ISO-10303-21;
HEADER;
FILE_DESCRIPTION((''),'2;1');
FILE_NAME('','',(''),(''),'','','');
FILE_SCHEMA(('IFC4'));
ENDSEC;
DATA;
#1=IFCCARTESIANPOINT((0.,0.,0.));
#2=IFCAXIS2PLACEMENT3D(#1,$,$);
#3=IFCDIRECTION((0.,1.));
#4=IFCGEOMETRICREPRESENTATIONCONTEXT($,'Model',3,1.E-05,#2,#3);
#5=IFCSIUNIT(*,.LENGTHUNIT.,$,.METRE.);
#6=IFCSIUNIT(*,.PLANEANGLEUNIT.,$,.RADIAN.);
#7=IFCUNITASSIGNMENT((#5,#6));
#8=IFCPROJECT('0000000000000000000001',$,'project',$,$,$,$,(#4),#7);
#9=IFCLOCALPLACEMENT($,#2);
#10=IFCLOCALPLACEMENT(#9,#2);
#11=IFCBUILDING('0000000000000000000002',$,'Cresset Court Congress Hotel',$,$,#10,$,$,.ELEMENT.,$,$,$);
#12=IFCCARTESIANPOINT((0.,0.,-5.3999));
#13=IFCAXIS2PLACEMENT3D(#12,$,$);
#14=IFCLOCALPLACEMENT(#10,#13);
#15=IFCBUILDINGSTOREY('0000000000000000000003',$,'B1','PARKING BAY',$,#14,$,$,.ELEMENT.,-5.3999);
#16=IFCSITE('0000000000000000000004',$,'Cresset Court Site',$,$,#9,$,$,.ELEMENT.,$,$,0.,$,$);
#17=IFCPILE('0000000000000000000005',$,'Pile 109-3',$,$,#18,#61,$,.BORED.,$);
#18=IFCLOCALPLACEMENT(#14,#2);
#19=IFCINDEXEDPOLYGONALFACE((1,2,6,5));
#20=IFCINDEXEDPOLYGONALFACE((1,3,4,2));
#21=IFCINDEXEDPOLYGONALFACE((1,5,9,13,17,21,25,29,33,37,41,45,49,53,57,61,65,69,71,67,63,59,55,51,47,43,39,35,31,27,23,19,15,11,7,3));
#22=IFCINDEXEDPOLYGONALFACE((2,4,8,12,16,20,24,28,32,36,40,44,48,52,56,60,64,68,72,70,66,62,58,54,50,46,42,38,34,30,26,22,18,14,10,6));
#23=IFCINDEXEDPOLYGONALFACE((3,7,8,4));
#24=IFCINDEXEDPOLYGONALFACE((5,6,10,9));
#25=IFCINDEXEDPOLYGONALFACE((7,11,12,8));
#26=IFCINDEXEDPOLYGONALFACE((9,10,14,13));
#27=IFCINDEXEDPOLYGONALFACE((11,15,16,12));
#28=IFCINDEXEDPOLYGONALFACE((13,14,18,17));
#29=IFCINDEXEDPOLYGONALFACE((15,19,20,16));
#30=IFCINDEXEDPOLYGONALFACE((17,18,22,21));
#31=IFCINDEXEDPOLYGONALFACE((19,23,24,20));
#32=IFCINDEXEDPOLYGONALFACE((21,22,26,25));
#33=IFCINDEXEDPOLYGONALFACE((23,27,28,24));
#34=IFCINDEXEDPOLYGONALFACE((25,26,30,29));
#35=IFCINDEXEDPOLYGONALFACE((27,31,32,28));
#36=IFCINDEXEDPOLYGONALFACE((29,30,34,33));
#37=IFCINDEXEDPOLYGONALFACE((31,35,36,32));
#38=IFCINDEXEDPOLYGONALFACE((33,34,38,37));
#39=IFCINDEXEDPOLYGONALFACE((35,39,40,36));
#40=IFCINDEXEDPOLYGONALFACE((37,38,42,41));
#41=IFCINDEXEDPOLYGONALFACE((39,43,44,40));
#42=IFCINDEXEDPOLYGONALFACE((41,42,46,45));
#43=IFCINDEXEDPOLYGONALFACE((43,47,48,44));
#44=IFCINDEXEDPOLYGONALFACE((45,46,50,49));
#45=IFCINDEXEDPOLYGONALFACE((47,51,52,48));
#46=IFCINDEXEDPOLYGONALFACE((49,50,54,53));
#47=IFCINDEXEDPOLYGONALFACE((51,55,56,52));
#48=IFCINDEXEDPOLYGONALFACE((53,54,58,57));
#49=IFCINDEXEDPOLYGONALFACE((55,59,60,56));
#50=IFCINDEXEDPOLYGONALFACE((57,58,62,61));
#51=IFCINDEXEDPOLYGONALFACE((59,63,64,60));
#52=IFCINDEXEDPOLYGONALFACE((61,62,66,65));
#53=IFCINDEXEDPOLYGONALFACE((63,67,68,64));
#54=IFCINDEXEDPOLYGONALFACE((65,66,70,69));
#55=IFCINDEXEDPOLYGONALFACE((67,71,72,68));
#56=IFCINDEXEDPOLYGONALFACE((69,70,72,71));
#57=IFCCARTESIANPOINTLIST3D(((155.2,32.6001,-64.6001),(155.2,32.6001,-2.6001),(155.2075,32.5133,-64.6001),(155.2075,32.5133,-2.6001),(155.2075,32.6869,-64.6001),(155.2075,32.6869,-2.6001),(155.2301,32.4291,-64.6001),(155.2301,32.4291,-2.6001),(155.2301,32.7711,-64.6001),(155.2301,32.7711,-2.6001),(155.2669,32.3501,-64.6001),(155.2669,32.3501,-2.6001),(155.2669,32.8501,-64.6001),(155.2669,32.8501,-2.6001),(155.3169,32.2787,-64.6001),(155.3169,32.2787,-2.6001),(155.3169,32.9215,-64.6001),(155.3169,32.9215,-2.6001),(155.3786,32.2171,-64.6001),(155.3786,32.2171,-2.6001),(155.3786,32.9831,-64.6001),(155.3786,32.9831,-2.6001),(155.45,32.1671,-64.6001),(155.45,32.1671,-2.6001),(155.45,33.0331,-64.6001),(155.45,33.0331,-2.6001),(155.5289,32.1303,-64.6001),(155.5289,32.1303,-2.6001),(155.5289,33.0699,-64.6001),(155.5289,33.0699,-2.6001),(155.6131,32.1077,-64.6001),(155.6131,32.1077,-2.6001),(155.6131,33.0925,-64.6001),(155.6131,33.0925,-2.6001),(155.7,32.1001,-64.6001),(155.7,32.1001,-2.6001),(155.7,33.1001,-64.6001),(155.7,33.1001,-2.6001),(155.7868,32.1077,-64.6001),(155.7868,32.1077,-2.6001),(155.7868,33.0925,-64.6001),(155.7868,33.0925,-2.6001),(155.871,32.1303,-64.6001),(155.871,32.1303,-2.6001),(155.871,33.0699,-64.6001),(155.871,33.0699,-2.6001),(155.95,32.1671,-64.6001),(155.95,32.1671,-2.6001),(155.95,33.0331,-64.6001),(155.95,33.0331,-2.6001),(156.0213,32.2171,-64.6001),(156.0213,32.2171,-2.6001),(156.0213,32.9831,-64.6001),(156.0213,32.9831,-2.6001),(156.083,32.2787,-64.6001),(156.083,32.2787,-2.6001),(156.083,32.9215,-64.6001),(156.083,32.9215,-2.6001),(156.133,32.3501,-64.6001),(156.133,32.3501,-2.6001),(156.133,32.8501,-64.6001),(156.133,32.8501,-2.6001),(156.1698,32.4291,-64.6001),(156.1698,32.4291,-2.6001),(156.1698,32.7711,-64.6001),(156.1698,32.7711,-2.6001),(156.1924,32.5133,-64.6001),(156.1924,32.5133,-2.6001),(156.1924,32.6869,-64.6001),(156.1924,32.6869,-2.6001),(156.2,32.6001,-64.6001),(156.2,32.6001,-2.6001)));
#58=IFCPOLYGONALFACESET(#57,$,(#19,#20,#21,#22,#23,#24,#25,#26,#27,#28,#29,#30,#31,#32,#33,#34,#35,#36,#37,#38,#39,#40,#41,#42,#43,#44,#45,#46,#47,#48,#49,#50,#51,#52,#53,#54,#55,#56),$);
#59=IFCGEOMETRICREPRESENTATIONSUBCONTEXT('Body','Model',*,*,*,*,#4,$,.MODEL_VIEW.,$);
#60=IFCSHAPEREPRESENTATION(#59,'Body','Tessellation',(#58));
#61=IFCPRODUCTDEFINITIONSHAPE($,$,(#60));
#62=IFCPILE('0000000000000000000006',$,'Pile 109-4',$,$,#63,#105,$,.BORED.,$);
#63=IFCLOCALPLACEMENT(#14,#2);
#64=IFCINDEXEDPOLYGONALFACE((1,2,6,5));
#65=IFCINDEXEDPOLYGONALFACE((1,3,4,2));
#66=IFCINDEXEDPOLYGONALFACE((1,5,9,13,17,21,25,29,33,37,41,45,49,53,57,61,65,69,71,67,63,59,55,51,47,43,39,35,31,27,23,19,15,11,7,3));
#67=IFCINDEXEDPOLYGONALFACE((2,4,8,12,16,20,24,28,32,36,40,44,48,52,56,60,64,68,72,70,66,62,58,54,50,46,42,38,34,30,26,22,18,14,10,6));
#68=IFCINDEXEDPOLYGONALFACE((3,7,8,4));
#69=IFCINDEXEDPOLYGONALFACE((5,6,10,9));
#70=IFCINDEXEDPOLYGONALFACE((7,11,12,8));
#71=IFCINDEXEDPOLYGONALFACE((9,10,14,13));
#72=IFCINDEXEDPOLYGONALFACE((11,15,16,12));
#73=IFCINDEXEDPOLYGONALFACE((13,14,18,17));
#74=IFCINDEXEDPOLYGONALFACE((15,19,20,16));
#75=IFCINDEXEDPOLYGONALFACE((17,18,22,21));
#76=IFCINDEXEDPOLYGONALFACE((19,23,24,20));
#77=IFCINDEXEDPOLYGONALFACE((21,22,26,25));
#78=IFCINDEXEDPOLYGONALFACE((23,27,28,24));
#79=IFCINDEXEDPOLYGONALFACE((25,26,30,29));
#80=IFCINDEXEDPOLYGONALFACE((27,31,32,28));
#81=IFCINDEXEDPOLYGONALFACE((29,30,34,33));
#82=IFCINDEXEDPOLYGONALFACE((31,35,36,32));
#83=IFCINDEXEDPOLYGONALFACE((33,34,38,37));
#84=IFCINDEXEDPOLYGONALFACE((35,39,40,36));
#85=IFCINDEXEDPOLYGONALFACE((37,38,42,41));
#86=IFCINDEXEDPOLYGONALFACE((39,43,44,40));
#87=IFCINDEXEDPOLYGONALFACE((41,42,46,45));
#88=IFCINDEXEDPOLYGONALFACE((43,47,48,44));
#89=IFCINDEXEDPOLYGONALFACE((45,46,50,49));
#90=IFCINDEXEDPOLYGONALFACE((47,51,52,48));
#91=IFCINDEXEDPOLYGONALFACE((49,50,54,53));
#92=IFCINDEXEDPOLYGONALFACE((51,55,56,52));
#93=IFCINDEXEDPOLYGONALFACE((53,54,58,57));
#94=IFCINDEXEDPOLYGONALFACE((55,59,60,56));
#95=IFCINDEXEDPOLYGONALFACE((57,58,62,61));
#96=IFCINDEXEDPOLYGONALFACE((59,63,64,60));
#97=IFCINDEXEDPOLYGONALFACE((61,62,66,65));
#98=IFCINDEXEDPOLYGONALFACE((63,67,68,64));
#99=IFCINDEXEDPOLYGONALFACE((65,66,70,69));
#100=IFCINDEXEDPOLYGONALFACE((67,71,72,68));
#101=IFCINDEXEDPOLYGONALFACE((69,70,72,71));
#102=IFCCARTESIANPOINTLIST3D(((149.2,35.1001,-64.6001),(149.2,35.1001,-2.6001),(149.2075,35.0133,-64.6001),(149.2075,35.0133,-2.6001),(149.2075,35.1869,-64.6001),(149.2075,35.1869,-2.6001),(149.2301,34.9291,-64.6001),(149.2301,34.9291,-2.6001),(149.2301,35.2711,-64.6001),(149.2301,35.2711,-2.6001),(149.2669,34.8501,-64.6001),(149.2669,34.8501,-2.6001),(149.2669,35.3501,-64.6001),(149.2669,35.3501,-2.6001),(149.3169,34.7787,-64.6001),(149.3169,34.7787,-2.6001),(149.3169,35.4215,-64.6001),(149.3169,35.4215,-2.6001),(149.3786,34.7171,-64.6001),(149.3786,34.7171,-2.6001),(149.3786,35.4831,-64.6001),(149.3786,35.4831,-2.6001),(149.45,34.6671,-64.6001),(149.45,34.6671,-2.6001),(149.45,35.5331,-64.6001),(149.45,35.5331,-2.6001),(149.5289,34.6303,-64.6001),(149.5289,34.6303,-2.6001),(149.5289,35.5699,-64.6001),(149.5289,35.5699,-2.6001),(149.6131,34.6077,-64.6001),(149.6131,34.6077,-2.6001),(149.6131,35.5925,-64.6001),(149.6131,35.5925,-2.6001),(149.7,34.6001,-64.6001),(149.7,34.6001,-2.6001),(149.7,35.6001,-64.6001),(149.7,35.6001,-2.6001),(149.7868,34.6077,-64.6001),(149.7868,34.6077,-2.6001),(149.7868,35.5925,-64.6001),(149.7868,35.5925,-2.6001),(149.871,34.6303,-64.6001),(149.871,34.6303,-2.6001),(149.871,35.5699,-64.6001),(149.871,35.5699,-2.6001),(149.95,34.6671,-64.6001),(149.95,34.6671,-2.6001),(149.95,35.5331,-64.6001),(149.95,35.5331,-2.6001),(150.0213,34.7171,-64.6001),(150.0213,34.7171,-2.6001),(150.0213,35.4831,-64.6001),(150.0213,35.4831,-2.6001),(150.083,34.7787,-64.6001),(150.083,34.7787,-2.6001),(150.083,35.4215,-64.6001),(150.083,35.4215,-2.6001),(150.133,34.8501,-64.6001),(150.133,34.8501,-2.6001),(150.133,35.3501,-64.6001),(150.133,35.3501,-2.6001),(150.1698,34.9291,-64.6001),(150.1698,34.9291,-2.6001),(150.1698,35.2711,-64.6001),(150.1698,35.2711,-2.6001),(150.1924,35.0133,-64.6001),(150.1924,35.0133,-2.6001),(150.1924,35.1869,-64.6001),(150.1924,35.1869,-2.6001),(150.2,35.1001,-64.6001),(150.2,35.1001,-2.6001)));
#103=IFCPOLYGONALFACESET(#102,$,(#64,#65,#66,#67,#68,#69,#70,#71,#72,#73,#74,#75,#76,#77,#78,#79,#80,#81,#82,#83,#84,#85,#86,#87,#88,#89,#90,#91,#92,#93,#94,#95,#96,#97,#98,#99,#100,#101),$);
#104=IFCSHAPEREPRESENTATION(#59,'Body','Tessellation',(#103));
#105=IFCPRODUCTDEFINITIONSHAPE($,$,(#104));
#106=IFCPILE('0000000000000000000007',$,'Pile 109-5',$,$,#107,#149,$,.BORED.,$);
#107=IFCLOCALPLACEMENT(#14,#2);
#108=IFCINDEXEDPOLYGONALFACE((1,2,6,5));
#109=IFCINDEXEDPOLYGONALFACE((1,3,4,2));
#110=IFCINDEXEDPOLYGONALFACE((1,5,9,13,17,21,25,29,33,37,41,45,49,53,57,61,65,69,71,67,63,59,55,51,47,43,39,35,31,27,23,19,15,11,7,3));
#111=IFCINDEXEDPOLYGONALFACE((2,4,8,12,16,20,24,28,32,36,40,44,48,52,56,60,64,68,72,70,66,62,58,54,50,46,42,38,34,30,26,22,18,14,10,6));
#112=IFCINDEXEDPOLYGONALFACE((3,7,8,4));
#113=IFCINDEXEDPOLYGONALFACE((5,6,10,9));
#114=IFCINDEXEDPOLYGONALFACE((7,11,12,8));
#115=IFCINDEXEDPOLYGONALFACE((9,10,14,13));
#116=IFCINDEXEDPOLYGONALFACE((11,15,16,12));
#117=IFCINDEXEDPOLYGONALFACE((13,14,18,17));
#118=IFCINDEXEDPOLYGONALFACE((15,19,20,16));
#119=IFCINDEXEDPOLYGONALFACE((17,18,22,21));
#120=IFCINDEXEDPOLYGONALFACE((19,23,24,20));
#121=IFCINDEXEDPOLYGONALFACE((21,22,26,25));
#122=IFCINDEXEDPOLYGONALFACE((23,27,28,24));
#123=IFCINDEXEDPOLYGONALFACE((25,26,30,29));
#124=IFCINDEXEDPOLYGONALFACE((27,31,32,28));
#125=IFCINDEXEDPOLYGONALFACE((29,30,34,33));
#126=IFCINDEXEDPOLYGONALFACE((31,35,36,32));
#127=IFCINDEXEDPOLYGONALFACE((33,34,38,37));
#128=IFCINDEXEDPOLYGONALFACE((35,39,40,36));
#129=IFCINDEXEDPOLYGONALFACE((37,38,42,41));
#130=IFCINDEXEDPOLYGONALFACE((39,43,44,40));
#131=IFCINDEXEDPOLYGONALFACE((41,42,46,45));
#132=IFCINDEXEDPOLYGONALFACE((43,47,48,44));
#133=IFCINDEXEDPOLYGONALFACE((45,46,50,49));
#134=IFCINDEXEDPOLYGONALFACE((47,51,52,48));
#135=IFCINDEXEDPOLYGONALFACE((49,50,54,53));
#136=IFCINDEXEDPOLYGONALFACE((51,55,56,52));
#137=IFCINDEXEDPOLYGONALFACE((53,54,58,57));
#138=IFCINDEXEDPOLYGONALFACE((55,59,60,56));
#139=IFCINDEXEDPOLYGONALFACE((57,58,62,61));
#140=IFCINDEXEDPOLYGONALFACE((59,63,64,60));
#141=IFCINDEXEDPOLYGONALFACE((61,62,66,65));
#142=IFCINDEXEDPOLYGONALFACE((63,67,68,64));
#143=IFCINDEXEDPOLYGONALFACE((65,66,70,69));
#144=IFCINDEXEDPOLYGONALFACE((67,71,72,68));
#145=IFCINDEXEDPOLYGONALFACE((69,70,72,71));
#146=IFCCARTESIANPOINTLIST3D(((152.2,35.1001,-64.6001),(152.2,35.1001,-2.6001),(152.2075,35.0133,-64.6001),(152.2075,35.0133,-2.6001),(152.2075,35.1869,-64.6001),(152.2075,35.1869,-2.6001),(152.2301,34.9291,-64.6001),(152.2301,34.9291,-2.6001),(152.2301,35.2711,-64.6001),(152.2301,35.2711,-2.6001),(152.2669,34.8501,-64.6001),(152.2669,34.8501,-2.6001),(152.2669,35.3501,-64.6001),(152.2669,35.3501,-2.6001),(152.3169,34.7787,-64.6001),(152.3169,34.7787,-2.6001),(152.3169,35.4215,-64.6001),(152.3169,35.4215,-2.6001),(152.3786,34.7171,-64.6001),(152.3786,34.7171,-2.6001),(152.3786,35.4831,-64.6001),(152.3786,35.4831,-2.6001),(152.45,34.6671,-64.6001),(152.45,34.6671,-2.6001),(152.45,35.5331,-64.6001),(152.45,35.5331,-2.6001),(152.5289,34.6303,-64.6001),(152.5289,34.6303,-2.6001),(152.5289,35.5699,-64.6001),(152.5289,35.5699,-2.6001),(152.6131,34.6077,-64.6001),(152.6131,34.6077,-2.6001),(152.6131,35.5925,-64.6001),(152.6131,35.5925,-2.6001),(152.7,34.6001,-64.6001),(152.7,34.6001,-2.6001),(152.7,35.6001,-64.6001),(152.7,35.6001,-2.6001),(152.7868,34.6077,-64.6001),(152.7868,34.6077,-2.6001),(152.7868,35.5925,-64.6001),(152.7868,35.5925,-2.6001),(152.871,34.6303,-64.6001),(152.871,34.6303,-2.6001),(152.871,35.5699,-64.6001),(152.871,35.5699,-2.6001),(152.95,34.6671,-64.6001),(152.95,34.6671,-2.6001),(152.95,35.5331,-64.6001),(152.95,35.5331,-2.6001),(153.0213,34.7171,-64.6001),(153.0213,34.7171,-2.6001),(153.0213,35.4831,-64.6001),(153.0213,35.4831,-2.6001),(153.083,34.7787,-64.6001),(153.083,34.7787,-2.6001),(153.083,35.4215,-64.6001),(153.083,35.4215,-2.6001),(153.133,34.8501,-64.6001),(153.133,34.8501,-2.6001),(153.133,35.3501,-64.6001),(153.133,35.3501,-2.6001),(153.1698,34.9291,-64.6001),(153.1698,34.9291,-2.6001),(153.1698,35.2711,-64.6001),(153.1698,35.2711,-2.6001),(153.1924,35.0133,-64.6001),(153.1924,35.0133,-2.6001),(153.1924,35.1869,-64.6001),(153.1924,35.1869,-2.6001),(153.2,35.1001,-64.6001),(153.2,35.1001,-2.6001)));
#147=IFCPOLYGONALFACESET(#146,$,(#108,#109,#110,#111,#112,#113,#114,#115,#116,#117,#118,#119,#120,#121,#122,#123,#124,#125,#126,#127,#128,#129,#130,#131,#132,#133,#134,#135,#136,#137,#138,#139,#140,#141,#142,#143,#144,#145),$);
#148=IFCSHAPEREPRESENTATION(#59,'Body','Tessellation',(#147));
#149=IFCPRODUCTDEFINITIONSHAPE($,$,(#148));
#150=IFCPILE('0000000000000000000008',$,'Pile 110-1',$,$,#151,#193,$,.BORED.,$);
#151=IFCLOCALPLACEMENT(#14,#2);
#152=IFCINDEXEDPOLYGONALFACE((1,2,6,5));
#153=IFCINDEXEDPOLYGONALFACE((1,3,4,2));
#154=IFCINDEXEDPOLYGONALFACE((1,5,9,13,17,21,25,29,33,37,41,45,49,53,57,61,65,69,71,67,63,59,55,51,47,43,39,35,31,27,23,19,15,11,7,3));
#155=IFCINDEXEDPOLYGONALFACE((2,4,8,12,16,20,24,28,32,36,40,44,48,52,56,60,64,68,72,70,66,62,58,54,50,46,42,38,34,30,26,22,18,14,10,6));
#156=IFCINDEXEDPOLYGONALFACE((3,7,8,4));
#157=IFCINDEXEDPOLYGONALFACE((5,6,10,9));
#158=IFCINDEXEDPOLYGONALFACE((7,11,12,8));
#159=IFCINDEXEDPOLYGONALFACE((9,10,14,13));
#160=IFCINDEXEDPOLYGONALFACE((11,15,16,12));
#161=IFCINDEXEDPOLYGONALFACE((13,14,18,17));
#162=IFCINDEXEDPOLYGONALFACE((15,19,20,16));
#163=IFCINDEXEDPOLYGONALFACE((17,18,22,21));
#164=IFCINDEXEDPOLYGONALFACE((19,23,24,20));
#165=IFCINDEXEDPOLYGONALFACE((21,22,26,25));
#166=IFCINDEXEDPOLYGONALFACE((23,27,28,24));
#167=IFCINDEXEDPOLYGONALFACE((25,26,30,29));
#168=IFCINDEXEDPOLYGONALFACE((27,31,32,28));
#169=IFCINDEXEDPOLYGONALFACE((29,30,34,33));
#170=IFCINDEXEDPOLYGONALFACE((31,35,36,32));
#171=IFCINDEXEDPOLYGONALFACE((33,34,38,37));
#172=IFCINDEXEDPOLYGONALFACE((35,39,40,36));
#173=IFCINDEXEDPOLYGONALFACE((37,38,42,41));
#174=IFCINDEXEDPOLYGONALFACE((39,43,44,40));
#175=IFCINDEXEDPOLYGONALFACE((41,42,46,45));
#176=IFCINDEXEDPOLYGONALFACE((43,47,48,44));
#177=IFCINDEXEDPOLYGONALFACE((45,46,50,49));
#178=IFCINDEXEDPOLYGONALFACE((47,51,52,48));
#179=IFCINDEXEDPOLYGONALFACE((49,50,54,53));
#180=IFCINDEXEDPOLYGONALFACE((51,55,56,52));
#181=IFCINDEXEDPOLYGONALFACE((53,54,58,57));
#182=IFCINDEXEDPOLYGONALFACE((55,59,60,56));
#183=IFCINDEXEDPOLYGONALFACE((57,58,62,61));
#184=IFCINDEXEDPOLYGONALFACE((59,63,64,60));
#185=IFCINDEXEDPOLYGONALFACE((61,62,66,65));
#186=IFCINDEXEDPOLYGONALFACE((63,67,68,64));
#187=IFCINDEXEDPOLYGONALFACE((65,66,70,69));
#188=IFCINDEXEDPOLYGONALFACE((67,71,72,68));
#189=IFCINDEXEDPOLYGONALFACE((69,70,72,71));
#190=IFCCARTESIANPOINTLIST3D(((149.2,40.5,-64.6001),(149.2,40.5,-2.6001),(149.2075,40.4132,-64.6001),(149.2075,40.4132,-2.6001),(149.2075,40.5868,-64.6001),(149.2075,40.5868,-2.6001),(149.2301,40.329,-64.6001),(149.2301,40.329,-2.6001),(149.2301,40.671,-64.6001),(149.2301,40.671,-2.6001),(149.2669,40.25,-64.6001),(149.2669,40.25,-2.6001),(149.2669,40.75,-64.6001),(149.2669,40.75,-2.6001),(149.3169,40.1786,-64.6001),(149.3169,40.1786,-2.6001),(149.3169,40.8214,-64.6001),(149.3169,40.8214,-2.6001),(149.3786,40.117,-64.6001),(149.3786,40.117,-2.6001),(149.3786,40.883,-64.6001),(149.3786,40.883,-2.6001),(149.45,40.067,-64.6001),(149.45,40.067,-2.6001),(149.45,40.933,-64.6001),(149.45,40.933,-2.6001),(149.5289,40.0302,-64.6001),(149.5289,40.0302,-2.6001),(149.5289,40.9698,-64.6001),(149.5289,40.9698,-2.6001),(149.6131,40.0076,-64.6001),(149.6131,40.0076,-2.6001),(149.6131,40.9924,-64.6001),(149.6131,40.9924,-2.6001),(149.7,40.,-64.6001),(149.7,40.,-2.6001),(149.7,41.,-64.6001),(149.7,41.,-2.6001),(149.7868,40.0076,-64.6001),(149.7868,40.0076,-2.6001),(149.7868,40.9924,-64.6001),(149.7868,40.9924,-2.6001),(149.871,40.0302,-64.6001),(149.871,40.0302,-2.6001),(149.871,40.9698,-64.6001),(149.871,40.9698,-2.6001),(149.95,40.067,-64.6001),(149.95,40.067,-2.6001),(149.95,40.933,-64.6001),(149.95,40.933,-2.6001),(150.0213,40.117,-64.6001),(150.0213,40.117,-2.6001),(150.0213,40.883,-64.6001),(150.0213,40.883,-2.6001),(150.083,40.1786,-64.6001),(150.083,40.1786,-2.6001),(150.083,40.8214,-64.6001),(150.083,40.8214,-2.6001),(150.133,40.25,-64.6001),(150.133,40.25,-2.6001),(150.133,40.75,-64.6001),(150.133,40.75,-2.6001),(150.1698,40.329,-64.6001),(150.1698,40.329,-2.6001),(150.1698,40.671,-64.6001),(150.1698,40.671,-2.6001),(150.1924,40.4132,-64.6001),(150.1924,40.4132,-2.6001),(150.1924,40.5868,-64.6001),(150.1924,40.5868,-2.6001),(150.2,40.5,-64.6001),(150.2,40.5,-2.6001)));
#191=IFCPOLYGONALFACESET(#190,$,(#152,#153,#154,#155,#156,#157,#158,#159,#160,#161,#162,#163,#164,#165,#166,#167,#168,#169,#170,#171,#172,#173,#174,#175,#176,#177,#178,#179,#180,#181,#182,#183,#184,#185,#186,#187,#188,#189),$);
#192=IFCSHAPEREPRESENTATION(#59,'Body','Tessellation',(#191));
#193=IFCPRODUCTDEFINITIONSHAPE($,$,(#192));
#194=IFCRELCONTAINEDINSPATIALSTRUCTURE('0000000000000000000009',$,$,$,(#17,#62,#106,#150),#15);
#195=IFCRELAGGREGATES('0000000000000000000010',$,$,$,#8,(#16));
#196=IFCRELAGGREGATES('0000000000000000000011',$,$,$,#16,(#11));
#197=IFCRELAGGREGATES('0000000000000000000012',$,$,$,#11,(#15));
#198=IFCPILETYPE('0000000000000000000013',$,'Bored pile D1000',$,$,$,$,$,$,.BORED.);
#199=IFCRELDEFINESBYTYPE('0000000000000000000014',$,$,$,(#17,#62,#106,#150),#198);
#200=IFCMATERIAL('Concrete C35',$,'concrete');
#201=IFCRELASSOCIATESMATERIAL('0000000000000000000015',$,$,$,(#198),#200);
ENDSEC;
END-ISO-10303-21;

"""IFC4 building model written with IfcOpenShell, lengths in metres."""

from ifc_helpers import new_model, si_unit, direction, frame, origin, origin_2d, place, context, subcontext, project, spatial, circle, extrude, material, type_object, element, save


model = new_model("IFC4")

# Units and contexts
model_context = context("Model", 3, precision=1e-05, world=origin(), true_north=direction((0.0, 1.0)))
body_context = subcontext(model_context, "Body", "Model", "MODEL_VIEW")
ifc_project = project(units=[si_unit("LENGTHUNIT", "METRE"), si_unit("PLANEANGLEUNIT", "RADIAN")], contexts=[model_context])

# Site, building, storey
site_placement = place(None, origin())
site = spatial("IfcSite", under=ifc_project, at=site_placement, Name="Cresset Court Site", CompositionType="ELEMENT", RefElevation=0.0)
building_placement = place(site_placement, origin())
building = spatial("IfcBuilding", under=site, at=building_placement, Name="Cresset Court Congress Hotel", CompositionType="ELEMENT")
storey_placement = place(building_placement, frame((0.0, 0.0, -5.3999)))
storey = spatial("IfcBuildingStorey", under=building, at=storey_placement, Name="B1", Description="PARKING BAY", CompositionType="ELEMENT", Elevation=-5.3999)

# Piles
ifc_material_1 = material(Name="Concrete C35", Category="concrete")
pile_type = type_object("IfcPileType", Name="Bored pile D1000", PredefinedType="BORED", material=ifc_material_1)
for number, where, z_axis, x_axis, name in (
    (1, (155.7, 32.6001, -2.6001), (0.0, 0.0, -1.0), (1.0, 0.0, 0.0), "Pile 109-3"),
    (2, (149.7, 35.1001, -2.6001), (0.0, 0.0, -1.0), (1.0, 0.0, 0.0), "Pile 109-4"),
    (3, (152.7, 35.1001, -2.6001), (0.0, 0.0, -1.0), (1.0, 0.0, 0.0), "Pile 109-5"),
    (4, (149.7, 40.5, -2.6001), (0.0, 0.0, -1.0), (1.0, 0.0, 0.0), "Pile 110-1"),
):
    element("IfcPile", number, at=place(storey_placement, frame(where, z_axis=z_axis, x_axis=x_axis)), inside=storey, type_object=pile_type, Name=name, PredefinedType="BORED", context=body_context, shape_type="SweptSolid", body=[
        extrude(circle(Radius=0.5, at=origin_2d()), origin(), (0.0, 0.0, 1.0), 62.0),
    ])

save(model, "model.ifc")
